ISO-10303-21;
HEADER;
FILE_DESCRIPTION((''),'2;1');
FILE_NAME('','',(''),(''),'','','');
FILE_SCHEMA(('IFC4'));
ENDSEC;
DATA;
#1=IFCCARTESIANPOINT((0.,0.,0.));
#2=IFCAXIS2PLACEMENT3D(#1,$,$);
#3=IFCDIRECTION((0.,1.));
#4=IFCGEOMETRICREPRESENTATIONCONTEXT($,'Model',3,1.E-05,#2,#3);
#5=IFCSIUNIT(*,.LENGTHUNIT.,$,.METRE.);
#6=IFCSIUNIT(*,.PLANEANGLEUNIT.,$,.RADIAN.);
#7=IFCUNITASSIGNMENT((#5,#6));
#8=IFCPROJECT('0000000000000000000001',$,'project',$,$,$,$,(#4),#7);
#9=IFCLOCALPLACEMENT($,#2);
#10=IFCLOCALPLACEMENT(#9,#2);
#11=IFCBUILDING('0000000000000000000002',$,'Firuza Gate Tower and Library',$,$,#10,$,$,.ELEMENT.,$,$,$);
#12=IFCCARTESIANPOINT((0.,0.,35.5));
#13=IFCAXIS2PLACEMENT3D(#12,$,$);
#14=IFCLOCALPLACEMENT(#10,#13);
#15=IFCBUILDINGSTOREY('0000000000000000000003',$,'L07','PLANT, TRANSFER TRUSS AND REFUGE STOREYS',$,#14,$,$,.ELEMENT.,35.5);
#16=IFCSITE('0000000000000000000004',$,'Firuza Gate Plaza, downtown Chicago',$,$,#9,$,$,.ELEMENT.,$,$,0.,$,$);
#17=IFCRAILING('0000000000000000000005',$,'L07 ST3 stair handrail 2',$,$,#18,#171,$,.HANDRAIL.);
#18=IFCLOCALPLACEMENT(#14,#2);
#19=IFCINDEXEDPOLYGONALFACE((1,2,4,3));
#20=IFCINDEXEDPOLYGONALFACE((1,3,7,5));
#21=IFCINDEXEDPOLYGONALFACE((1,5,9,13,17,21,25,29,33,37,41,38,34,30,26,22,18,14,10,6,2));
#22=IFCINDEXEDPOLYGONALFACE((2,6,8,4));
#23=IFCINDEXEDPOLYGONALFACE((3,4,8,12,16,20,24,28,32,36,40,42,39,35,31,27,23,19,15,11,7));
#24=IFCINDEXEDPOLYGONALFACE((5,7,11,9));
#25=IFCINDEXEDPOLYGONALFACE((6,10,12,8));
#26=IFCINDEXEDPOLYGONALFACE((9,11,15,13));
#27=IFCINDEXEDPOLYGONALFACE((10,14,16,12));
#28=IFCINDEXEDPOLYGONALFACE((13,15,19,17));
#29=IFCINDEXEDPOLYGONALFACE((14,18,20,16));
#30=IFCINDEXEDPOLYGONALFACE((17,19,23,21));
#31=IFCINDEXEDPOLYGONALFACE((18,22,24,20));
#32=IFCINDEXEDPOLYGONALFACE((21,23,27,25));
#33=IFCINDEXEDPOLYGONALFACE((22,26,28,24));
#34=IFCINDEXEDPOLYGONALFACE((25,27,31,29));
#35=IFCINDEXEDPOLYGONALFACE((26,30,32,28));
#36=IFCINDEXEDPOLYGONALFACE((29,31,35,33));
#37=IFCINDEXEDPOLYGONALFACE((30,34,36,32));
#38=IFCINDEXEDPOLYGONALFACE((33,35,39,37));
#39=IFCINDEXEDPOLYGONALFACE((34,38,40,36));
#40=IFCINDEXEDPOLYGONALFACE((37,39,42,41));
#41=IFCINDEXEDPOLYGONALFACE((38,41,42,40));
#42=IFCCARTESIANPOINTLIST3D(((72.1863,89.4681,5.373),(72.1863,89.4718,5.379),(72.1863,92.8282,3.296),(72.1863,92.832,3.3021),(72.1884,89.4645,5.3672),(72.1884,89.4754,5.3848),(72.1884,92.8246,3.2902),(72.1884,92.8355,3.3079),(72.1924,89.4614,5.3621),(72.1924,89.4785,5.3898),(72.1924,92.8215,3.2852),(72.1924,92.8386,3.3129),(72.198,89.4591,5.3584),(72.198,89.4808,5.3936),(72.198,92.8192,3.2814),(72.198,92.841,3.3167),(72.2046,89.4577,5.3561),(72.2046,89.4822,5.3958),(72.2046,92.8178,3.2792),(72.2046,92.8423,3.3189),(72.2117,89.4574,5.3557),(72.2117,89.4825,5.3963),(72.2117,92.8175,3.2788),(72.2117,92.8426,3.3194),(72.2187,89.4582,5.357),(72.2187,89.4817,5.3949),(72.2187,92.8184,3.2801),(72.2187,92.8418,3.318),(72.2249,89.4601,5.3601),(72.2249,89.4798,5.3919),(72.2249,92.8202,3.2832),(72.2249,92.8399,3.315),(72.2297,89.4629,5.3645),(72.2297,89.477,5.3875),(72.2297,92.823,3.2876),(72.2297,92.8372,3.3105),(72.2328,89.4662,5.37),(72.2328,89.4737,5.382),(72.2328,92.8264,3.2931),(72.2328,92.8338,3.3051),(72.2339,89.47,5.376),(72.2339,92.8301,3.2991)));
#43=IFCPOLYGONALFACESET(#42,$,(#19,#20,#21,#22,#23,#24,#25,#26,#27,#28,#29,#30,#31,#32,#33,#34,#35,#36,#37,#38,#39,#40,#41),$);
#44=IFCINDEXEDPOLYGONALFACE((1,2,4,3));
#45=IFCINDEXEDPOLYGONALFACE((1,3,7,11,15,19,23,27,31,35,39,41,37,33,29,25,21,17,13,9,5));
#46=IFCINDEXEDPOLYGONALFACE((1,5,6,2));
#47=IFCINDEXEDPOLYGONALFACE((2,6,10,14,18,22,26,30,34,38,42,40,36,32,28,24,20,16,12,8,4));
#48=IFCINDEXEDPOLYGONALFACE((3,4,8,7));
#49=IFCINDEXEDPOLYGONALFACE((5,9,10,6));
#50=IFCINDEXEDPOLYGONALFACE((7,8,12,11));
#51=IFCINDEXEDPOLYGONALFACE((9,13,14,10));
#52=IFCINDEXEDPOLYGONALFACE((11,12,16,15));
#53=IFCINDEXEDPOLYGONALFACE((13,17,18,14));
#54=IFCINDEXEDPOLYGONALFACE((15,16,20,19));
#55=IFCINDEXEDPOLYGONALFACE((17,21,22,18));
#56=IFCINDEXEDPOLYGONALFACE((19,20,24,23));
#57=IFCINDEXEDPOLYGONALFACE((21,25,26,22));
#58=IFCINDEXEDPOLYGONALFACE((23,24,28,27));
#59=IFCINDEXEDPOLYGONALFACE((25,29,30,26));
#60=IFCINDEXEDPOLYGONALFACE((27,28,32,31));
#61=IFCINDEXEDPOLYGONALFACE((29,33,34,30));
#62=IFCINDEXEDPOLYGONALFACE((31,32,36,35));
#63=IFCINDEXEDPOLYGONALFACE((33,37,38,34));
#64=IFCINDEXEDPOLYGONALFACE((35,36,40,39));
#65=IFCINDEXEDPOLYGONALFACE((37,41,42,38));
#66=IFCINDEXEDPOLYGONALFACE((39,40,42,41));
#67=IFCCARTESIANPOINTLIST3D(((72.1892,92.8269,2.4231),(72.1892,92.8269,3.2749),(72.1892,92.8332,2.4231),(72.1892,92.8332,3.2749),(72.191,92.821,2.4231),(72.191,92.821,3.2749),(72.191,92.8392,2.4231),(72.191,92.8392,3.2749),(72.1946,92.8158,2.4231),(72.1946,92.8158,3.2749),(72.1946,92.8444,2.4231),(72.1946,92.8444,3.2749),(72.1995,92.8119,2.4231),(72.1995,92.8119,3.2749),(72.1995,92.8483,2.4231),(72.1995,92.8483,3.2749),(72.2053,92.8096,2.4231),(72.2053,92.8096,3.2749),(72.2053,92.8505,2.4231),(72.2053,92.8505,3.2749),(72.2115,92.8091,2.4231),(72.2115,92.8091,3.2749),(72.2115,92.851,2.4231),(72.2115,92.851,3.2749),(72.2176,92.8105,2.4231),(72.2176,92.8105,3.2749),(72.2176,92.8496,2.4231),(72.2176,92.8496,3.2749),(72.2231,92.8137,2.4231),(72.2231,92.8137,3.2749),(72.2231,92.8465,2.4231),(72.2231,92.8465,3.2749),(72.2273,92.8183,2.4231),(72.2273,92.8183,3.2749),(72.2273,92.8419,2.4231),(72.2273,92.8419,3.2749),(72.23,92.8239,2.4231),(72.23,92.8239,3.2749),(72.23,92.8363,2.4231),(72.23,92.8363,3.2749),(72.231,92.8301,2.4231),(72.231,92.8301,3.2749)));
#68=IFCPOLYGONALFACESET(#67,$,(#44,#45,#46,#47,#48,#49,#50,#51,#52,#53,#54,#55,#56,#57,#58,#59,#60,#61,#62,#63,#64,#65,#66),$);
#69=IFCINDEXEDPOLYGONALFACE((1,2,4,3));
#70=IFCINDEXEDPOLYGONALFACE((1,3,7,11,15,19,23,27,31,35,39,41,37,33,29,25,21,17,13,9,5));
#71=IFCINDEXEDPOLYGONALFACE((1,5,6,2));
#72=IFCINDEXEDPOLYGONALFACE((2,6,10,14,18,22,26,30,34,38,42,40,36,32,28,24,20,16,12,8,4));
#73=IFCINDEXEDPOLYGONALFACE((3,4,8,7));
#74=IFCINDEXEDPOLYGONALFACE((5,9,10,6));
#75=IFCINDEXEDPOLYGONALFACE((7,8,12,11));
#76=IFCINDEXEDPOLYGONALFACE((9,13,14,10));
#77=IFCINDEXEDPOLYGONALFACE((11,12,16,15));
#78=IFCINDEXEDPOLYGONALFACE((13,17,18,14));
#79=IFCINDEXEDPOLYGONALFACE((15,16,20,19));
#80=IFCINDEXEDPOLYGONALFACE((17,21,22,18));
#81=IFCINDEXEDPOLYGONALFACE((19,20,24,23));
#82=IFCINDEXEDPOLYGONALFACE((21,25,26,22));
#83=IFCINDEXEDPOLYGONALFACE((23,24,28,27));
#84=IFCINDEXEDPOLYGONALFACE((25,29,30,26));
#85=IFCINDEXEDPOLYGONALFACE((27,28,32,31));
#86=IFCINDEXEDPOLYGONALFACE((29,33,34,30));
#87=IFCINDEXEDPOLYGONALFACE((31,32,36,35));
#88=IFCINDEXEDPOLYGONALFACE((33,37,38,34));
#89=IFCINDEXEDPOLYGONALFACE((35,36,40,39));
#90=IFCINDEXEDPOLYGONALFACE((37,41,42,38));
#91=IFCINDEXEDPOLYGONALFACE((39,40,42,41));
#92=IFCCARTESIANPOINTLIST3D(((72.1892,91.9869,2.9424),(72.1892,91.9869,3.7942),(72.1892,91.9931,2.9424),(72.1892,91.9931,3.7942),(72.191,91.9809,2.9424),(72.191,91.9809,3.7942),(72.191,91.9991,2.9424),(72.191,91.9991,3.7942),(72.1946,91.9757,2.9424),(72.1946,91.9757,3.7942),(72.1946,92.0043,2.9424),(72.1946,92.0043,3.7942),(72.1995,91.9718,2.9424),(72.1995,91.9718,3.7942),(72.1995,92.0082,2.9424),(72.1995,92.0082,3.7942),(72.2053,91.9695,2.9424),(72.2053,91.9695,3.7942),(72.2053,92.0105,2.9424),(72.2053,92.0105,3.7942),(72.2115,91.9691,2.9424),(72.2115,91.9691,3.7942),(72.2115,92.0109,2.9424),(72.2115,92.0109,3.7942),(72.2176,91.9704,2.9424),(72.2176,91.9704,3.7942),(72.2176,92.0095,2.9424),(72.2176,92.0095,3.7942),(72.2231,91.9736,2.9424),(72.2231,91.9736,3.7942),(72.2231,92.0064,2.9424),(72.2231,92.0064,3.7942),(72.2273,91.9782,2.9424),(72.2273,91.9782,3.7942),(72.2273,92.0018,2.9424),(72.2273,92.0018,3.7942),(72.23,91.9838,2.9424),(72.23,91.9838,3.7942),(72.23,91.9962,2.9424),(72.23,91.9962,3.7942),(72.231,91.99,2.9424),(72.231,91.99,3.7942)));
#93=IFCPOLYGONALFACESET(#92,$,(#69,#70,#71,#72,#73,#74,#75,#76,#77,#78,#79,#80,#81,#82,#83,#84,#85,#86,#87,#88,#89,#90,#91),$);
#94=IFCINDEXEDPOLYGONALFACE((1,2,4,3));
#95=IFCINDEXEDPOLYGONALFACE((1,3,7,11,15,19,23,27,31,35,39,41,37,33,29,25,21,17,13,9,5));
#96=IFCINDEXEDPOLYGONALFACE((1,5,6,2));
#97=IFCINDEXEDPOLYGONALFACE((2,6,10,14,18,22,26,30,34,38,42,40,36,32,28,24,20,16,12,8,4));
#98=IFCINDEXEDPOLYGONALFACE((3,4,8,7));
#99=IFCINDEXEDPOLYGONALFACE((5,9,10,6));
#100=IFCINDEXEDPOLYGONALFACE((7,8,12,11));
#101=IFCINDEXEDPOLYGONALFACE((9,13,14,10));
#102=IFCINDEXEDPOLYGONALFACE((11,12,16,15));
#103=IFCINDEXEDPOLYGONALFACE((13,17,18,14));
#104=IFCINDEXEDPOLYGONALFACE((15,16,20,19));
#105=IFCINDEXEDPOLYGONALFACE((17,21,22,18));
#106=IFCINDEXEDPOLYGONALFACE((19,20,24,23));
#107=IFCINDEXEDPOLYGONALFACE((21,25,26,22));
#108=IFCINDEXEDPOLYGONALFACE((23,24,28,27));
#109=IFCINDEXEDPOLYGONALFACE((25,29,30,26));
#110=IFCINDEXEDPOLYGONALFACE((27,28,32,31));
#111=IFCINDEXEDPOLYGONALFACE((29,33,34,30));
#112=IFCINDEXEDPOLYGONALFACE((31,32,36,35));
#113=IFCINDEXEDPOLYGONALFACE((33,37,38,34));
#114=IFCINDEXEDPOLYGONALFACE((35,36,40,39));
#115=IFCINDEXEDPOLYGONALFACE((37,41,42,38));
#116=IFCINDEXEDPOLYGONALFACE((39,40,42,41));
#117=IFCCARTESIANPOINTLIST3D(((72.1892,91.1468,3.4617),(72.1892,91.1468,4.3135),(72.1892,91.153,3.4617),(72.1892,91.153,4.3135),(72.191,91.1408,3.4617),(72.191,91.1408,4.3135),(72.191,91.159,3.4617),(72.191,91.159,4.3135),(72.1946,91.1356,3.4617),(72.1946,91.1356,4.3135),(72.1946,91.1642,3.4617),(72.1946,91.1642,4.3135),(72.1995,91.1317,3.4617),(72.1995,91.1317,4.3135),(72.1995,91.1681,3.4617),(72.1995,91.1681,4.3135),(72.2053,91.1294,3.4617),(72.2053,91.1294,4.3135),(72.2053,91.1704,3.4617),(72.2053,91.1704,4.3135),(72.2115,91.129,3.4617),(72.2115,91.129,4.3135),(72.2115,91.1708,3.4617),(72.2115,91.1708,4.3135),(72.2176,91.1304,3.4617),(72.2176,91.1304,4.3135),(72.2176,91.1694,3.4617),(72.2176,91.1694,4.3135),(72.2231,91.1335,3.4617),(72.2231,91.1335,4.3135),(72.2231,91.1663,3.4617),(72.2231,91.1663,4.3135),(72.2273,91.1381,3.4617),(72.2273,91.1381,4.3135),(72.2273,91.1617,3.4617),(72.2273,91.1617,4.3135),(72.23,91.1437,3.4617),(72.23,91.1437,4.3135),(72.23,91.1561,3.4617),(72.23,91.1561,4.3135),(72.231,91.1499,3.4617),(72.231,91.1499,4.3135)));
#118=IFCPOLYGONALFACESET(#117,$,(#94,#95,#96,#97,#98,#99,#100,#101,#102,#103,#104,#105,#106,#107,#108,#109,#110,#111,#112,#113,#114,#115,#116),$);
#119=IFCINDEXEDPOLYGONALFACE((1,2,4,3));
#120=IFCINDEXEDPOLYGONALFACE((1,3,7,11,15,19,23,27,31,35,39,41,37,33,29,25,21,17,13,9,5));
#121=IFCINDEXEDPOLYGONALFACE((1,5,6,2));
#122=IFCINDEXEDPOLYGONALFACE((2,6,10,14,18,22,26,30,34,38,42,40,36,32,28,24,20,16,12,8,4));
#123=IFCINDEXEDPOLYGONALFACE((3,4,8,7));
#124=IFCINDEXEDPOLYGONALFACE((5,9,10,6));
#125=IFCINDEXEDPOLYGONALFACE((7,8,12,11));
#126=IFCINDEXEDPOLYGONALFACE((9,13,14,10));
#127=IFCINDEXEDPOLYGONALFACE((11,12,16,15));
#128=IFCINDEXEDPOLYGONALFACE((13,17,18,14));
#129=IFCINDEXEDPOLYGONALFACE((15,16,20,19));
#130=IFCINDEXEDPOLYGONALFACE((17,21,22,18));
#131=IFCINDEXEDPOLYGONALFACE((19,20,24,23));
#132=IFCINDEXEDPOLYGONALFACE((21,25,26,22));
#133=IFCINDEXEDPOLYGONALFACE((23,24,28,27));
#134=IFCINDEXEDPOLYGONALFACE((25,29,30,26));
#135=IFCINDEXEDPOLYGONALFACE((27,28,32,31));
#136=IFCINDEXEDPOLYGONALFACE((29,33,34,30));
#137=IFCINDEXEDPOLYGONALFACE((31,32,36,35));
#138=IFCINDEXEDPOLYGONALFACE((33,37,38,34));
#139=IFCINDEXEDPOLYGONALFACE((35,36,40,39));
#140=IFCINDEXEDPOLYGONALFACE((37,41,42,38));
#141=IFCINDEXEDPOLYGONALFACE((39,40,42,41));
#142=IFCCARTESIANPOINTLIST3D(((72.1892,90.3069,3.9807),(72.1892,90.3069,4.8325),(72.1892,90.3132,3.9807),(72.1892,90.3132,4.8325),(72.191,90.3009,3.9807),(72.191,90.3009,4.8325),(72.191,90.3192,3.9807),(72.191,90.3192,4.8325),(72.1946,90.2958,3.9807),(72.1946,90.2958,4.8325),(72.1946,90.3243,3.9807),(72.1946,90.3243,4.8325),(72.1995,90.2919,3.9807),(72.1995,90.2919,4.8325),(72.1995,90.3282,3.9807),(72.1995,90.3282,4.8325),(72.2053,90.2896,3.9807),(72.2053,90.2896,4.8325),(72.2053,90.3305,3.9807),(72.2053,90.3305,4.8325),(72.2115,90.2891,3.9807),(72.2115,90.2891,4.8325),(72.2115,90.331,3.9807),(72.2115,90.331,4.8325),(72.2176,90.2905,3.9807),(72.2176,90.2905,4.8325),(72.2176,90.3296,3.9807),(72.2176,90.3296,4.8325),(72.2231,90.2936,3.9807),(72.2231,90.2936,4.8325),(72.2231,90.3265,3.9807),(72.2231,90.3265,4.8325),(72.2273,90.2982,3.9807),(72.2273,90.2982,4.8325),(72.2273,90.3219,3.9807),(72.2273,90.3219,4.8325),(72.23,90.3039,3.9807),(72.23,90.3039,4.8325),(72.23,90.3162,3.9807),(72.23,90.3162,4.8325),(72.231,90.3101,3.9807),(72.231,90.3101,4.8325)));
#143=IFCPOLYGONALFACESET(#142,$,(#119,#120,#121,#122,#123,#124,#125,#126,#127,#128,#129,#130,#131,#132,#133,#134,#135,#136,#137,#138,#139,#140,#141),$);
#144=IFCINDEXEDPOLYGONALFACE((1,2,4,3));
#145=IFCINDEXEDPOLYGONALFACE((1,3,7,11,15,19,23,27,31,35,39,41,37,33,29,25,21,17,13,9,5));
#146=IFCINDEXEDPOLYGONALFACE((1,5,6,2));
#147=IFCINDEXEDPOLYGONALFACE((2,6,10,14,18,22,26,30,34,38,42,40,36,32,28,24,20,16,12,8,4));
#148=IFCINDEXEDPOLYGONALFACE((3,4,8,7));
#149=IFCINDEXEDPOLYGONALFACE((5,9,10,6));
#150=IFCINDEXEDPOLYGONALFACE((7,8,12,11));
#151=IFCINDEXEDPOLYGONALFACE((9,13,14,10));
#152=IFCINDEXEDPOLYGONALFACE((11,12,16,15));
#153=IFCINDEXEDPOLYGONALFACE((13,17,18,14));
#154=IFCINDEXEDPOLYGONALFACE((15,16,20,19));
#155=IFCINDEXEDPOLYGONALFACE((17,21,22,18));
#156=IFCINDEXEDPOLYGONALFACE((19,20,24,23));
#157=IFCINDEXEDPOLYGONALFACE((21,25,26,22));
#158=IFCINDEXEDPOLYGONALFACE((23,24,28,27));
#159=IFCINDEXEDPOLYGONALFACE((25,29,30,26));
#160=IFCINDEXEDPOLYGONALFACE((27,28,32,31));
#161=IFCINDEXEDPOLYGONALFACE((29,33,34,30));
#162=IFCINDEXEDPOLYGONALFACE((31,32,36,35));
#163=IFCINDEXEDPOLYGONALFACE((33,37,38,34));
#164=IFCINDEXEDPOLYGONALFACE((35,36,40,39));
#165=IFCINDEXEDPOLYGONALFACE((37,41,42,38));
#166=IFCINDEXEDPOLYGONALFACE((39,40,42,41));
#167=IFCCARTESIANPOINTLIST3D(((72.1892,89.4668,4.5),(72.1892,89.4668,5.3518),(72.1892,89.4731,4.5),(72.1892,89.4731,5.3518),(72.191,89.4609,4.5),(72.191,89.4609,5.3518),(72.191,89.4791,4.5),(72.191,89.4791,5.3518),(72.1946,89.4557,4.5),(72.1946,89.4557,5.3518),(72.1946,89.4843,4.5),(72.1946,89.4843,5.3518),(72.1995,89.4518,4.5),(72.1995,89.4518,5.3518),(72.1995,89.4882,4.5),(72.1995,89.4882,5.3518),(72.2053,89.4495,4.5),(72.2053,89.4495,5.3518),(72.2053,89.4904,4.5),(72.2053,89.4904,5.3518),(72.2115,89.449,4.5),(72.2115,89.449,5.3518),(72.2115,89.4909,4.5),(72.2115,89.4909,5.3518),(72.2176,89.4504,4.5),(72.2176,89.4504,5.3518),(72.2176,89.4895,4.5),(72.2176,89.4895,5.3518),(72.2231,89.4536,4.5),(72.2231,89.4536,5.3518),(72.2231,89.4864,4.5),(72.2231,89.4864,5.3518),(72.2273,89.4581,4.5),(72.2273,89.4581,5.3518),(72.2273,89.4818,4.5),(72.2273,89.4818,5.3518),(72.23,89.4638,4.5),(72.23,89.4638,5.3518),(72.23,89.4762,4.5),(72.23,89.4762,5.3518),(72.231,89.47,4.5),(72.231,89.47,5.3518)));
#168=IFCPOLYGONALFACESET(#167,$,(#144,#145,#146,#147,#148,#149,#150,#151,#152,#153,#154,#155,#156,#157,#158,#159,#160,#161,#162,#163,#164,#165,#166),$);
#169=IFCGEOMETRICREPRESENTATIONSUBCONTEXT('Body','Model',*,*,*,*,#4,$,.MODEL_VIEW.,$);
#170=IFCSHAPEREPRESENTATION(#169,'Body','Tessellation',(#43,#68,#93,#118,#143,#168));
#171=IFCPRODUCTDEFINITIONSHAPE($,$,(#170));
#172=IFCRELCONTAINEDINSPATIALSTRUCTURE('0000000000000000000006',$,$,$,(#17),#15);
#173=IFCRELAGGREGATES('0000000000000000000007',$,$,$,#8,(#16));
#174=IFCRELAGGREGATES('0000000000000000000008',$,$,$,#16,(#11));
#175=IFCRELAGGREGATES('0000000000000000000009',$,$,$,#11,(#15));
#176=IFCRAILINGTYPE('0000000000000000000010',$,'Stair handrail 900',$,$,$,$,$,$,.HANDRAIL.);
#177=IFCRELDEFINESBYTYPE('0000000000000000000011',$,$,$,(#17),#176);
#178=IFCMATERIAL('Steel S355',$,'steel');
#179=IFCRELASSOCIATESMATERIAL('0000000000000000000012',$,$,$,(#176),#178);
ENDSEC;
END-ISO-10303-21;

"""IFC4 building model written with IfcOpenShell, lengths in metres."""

from ifc_helpers import new_model, si_unit, direction, frame, origin, origin_2d, place, context, subcontext, project, spatial, circle, extrude, material, type_object, element, save


model = new_model("IFC4")

# Units and contexts
model_context = context("Model", 3, precision=1e-05, world=origin(), true_north=direction((0.0, 1.0)))
body_context = subcontext(model_context, "Body", "Model", "MODEL_VIEW")
ifc_project = project(units=[si_unit("LENGTHUNIT", "METRE"), si_unit("PLANEANGLEUNIT", "RADIAN")], contexts=[model_context])

# Site, building, storey
site_placement = place(None, origin())
site = spatial("IfcSite", under=ifc_project, at=site_placement, Name="Firuza Gate Plaza, downtown Chicago", CompositionType="ELEMENT", RefElevation=0.0)
building_placement = place(site_placement, origin())
building = spatial("IfcBuilding", under=site, at=building_placement, Name="Firuza Gate Tower and Library", CompositionType="ELEMENT")
storey_placement = place(building_placement, frame((0.0, 0.0, 35.5)))
storey = spatial("IfcBuildingStorey", under=building, at=storey_placement, Name="L07", Description="PLANT, TRANSFER TRUSS AND REFUGE STOREYS", CompositionType="ELEMENT", Elevation=35.5)

# Railing
ifc_material_1 = material(Name="Steel S355", Category="steel")
railing_type_1 = type_object("IfcRailingType", Name="Stair handrail 900", PredefinedType="HANDRAIL", material=ifc_material_1)
railing_1_placement = place(storey_placement, frame((72.21, 92.8301, 2.4231)))
element("IfcRailing", 1, at=railing_1_placement, inside=storey, type_object=railing_type_1, Name="L07 ST3 stair handrail 2", PredefinedType="HANDRAIL", context=body_context, shape_type="SweptSolid", body=[
    extrude(circle(Radius=0.0239, at=origin_2d()), frame((0.0, 0.0, 0.876), z_axis=(0.0, -0.850623, 0.525776), x_axis=(1.0, 0.0, 0.0)), (0.0, 0.0, 1.0), 3.9502),
    extrude(circle(Radius=0.021, at=origin_2d()), origin(), (0.0, 0.0, 1.0), 0.8518),
    extrude(circle(Radius=0.021, at=origin_2d()), frame((0.0, -0.8401, 0.5193)), (0.0, 0.0, 1.0), 0.8518),
    extrude(circle(Radius=0.021, at=origin_2d()), frame((0.0, -1.6802, 1.0386)), (0.0, 0.0, 1.0), 0.8518),
    extrude(circle(Radius=0.021, at=origin_2d()), frame((0.0, -2.52, 1.5576)), (0.0, 0.0, 1.0), 0.8518),
    extrude(circle(Radius=0.021, at=origin_2d()), frame((0.0, -3.3601, 2.0769)), (0.0, 0.0, 1.0), 0.8518),
])

save(model, "model.ifc")
